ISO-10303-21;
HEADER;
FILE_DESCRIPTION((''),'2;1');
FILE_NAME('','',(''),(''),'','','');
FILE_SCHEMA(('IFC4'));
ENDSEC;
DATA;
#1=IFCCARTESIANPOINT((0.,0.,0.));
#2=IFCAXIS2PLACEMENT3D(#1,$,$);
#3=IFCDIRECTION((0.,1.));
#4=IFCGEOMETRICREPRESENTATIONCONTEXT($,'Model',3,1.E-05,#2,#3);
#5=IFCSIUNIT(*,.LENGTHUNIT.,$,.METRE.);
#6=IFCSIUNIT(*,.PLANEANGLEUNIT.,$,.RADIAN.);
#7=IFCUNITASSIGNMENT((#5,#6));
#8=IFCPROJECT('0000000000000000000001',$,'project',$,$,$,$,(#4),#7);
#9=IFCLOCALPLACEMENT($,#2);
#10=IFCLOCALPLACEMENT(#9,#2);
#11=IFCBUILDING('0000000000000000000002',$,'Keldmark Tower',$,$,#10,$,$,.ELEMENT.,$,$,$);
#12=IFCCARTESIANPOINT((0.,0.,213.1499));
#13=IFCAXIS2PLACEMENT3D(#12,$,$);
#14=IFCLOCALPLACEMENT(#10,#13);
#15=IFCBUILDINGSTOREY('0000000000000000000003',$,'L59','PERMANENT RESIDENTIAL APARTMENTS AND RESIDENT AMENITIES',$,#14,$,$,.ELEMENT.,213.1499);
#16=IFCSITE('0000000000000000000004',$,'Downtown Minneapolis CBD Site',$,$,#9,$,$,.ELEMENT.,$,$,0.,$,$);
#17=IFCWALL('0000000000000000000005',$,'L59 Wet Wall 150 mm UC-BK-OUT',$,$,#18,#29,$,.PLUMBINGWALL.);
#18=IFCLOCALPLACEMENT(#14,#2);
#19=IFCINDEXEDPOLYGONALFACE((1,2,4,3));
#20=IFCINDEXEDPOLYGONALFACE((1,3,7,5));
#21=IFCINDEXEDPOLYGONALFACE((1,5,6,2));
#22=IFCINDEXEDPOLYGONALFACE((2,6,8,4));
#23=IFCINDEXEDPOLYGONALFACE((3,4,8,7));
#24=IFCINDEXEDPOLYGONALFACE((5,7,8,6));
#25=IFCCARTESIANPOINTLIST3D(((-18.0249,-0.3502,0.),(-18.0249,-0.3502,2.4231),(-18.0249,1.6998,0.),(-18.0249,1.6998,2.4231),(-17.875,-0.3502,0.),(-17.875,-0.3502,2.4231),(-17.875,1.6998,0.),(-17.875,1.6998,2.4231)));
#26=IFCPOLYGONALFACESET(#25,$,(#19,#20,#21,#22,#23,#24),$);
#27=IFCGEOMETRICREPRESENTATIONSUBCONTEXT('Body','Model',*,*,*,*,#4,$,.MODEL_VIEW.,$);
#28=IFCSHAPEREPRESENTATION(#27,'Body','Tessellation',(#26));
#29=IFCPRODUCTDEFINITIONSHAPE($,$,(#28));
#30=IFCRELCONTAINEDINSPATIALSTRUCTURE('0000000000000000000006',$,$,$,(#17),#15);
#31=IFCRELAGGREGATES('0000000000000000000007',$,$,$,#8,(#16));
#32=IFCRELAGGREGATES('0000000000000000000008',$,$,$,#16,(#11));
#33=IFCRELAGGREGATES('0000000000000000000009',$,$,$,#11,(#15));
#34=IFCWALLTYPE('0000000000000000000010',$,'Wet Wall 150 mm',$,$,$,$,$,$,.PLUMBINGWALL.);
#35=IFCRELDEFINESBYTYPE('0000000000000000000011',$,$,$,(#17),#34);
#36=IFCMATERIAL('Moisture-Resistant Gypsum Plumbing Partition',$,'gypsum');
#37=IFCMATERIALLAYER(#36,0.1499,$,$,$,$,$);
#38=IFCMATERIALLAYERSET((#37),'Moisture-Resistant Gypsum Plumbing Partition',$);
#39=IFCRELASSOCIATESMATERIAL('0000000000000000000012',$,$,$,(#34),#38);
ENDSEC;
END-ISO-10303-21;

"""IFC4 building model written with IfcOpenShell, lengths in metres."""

from ifc_helpers import new_model, si_unit, direction, frame, frame_2d, origin, place, context, subcontext, project, spatial, rectangle, extrude, material, layer, layer_set, type_object, element, save


model = new_model("IFC4")

# Units and contexts
model_context = context("Model", 3, precision=1e-05, world=origin(), true_north=direction((0.0, 1.0)))
body_context = subcontext(model_context, "Body", "Model", "MODEL_VIEW")
ifc_project = project(units=[si_unit("LENGTHUNIT", "METRE"), si_unit("PLANEANGLEUNIT", "RADIAN")], contexts=[model_context])

# Site, building, storey
site_placement = place(None, origin())
site = spatial("IfcSite", under=ifc_project, at=site_placement, Name="Downtown Minneapolis CBD Site", CompositionType="ELEMENT", RefElevation=0.0)
building_placement = place(site_placement, origin())
building = spatial("IfcBuilding", under=site, at=building_placement, Name="Keldmark Tower", CompositionType="ELEMENT")
storey_placement = place(building_placement, frame((0.0, 0.0, 213.1499)))
storey = spatial("IfcBuildingStorey", under=building, at=storey_placement, Name="L59", Description="PERMANENT RESIDENTIAL APARTMENTS AND RESIDENT AMENITIES", CompositionType="ELEMENT", Elevation=213.1499)

# Wall
ifc_material_1 = material(Name="Moisture-Resistant Gypsum Plumbing Partition", Category="gypsum")
ifc_layer_1 = layer(ifc_material_1, 0.1499)
ifc_layer_set_1 = layer_set([ifc_layer_1], Name="Moisture-Resistant Gypsum Plumbing Partition")
wall_type_1 = type_object("IfcWallType", Name="Wet Wall 150 mm", PredefinedType="PLUMBINGWALL", material=ifc_layer_set_1)
wall_1_placement = place(storey_placement, frame((-17.95, -0.3501, 0.0), z_axis=(0.0, 0.0, 1.0), x_axis=(0.0, 1.0, 0.0)))
element("IfcWall", 1, at=wall_1_placement, inside=storey, type_object=wall_type_1, Name="L59 Wet Wall 150 mm UC-BK-OUT", PredefinedType="PLUMBINGWALL", context=body_context, shape_type="SweptSolid", body=[
    extrude(rectangle(XDim=2.05, YDim=0.1499, at=frame_2d((1.0249, 0.0))), origin(), (0.0, 0.0, 1.0), 2.4231),
])

save(model, "model.ifc")
